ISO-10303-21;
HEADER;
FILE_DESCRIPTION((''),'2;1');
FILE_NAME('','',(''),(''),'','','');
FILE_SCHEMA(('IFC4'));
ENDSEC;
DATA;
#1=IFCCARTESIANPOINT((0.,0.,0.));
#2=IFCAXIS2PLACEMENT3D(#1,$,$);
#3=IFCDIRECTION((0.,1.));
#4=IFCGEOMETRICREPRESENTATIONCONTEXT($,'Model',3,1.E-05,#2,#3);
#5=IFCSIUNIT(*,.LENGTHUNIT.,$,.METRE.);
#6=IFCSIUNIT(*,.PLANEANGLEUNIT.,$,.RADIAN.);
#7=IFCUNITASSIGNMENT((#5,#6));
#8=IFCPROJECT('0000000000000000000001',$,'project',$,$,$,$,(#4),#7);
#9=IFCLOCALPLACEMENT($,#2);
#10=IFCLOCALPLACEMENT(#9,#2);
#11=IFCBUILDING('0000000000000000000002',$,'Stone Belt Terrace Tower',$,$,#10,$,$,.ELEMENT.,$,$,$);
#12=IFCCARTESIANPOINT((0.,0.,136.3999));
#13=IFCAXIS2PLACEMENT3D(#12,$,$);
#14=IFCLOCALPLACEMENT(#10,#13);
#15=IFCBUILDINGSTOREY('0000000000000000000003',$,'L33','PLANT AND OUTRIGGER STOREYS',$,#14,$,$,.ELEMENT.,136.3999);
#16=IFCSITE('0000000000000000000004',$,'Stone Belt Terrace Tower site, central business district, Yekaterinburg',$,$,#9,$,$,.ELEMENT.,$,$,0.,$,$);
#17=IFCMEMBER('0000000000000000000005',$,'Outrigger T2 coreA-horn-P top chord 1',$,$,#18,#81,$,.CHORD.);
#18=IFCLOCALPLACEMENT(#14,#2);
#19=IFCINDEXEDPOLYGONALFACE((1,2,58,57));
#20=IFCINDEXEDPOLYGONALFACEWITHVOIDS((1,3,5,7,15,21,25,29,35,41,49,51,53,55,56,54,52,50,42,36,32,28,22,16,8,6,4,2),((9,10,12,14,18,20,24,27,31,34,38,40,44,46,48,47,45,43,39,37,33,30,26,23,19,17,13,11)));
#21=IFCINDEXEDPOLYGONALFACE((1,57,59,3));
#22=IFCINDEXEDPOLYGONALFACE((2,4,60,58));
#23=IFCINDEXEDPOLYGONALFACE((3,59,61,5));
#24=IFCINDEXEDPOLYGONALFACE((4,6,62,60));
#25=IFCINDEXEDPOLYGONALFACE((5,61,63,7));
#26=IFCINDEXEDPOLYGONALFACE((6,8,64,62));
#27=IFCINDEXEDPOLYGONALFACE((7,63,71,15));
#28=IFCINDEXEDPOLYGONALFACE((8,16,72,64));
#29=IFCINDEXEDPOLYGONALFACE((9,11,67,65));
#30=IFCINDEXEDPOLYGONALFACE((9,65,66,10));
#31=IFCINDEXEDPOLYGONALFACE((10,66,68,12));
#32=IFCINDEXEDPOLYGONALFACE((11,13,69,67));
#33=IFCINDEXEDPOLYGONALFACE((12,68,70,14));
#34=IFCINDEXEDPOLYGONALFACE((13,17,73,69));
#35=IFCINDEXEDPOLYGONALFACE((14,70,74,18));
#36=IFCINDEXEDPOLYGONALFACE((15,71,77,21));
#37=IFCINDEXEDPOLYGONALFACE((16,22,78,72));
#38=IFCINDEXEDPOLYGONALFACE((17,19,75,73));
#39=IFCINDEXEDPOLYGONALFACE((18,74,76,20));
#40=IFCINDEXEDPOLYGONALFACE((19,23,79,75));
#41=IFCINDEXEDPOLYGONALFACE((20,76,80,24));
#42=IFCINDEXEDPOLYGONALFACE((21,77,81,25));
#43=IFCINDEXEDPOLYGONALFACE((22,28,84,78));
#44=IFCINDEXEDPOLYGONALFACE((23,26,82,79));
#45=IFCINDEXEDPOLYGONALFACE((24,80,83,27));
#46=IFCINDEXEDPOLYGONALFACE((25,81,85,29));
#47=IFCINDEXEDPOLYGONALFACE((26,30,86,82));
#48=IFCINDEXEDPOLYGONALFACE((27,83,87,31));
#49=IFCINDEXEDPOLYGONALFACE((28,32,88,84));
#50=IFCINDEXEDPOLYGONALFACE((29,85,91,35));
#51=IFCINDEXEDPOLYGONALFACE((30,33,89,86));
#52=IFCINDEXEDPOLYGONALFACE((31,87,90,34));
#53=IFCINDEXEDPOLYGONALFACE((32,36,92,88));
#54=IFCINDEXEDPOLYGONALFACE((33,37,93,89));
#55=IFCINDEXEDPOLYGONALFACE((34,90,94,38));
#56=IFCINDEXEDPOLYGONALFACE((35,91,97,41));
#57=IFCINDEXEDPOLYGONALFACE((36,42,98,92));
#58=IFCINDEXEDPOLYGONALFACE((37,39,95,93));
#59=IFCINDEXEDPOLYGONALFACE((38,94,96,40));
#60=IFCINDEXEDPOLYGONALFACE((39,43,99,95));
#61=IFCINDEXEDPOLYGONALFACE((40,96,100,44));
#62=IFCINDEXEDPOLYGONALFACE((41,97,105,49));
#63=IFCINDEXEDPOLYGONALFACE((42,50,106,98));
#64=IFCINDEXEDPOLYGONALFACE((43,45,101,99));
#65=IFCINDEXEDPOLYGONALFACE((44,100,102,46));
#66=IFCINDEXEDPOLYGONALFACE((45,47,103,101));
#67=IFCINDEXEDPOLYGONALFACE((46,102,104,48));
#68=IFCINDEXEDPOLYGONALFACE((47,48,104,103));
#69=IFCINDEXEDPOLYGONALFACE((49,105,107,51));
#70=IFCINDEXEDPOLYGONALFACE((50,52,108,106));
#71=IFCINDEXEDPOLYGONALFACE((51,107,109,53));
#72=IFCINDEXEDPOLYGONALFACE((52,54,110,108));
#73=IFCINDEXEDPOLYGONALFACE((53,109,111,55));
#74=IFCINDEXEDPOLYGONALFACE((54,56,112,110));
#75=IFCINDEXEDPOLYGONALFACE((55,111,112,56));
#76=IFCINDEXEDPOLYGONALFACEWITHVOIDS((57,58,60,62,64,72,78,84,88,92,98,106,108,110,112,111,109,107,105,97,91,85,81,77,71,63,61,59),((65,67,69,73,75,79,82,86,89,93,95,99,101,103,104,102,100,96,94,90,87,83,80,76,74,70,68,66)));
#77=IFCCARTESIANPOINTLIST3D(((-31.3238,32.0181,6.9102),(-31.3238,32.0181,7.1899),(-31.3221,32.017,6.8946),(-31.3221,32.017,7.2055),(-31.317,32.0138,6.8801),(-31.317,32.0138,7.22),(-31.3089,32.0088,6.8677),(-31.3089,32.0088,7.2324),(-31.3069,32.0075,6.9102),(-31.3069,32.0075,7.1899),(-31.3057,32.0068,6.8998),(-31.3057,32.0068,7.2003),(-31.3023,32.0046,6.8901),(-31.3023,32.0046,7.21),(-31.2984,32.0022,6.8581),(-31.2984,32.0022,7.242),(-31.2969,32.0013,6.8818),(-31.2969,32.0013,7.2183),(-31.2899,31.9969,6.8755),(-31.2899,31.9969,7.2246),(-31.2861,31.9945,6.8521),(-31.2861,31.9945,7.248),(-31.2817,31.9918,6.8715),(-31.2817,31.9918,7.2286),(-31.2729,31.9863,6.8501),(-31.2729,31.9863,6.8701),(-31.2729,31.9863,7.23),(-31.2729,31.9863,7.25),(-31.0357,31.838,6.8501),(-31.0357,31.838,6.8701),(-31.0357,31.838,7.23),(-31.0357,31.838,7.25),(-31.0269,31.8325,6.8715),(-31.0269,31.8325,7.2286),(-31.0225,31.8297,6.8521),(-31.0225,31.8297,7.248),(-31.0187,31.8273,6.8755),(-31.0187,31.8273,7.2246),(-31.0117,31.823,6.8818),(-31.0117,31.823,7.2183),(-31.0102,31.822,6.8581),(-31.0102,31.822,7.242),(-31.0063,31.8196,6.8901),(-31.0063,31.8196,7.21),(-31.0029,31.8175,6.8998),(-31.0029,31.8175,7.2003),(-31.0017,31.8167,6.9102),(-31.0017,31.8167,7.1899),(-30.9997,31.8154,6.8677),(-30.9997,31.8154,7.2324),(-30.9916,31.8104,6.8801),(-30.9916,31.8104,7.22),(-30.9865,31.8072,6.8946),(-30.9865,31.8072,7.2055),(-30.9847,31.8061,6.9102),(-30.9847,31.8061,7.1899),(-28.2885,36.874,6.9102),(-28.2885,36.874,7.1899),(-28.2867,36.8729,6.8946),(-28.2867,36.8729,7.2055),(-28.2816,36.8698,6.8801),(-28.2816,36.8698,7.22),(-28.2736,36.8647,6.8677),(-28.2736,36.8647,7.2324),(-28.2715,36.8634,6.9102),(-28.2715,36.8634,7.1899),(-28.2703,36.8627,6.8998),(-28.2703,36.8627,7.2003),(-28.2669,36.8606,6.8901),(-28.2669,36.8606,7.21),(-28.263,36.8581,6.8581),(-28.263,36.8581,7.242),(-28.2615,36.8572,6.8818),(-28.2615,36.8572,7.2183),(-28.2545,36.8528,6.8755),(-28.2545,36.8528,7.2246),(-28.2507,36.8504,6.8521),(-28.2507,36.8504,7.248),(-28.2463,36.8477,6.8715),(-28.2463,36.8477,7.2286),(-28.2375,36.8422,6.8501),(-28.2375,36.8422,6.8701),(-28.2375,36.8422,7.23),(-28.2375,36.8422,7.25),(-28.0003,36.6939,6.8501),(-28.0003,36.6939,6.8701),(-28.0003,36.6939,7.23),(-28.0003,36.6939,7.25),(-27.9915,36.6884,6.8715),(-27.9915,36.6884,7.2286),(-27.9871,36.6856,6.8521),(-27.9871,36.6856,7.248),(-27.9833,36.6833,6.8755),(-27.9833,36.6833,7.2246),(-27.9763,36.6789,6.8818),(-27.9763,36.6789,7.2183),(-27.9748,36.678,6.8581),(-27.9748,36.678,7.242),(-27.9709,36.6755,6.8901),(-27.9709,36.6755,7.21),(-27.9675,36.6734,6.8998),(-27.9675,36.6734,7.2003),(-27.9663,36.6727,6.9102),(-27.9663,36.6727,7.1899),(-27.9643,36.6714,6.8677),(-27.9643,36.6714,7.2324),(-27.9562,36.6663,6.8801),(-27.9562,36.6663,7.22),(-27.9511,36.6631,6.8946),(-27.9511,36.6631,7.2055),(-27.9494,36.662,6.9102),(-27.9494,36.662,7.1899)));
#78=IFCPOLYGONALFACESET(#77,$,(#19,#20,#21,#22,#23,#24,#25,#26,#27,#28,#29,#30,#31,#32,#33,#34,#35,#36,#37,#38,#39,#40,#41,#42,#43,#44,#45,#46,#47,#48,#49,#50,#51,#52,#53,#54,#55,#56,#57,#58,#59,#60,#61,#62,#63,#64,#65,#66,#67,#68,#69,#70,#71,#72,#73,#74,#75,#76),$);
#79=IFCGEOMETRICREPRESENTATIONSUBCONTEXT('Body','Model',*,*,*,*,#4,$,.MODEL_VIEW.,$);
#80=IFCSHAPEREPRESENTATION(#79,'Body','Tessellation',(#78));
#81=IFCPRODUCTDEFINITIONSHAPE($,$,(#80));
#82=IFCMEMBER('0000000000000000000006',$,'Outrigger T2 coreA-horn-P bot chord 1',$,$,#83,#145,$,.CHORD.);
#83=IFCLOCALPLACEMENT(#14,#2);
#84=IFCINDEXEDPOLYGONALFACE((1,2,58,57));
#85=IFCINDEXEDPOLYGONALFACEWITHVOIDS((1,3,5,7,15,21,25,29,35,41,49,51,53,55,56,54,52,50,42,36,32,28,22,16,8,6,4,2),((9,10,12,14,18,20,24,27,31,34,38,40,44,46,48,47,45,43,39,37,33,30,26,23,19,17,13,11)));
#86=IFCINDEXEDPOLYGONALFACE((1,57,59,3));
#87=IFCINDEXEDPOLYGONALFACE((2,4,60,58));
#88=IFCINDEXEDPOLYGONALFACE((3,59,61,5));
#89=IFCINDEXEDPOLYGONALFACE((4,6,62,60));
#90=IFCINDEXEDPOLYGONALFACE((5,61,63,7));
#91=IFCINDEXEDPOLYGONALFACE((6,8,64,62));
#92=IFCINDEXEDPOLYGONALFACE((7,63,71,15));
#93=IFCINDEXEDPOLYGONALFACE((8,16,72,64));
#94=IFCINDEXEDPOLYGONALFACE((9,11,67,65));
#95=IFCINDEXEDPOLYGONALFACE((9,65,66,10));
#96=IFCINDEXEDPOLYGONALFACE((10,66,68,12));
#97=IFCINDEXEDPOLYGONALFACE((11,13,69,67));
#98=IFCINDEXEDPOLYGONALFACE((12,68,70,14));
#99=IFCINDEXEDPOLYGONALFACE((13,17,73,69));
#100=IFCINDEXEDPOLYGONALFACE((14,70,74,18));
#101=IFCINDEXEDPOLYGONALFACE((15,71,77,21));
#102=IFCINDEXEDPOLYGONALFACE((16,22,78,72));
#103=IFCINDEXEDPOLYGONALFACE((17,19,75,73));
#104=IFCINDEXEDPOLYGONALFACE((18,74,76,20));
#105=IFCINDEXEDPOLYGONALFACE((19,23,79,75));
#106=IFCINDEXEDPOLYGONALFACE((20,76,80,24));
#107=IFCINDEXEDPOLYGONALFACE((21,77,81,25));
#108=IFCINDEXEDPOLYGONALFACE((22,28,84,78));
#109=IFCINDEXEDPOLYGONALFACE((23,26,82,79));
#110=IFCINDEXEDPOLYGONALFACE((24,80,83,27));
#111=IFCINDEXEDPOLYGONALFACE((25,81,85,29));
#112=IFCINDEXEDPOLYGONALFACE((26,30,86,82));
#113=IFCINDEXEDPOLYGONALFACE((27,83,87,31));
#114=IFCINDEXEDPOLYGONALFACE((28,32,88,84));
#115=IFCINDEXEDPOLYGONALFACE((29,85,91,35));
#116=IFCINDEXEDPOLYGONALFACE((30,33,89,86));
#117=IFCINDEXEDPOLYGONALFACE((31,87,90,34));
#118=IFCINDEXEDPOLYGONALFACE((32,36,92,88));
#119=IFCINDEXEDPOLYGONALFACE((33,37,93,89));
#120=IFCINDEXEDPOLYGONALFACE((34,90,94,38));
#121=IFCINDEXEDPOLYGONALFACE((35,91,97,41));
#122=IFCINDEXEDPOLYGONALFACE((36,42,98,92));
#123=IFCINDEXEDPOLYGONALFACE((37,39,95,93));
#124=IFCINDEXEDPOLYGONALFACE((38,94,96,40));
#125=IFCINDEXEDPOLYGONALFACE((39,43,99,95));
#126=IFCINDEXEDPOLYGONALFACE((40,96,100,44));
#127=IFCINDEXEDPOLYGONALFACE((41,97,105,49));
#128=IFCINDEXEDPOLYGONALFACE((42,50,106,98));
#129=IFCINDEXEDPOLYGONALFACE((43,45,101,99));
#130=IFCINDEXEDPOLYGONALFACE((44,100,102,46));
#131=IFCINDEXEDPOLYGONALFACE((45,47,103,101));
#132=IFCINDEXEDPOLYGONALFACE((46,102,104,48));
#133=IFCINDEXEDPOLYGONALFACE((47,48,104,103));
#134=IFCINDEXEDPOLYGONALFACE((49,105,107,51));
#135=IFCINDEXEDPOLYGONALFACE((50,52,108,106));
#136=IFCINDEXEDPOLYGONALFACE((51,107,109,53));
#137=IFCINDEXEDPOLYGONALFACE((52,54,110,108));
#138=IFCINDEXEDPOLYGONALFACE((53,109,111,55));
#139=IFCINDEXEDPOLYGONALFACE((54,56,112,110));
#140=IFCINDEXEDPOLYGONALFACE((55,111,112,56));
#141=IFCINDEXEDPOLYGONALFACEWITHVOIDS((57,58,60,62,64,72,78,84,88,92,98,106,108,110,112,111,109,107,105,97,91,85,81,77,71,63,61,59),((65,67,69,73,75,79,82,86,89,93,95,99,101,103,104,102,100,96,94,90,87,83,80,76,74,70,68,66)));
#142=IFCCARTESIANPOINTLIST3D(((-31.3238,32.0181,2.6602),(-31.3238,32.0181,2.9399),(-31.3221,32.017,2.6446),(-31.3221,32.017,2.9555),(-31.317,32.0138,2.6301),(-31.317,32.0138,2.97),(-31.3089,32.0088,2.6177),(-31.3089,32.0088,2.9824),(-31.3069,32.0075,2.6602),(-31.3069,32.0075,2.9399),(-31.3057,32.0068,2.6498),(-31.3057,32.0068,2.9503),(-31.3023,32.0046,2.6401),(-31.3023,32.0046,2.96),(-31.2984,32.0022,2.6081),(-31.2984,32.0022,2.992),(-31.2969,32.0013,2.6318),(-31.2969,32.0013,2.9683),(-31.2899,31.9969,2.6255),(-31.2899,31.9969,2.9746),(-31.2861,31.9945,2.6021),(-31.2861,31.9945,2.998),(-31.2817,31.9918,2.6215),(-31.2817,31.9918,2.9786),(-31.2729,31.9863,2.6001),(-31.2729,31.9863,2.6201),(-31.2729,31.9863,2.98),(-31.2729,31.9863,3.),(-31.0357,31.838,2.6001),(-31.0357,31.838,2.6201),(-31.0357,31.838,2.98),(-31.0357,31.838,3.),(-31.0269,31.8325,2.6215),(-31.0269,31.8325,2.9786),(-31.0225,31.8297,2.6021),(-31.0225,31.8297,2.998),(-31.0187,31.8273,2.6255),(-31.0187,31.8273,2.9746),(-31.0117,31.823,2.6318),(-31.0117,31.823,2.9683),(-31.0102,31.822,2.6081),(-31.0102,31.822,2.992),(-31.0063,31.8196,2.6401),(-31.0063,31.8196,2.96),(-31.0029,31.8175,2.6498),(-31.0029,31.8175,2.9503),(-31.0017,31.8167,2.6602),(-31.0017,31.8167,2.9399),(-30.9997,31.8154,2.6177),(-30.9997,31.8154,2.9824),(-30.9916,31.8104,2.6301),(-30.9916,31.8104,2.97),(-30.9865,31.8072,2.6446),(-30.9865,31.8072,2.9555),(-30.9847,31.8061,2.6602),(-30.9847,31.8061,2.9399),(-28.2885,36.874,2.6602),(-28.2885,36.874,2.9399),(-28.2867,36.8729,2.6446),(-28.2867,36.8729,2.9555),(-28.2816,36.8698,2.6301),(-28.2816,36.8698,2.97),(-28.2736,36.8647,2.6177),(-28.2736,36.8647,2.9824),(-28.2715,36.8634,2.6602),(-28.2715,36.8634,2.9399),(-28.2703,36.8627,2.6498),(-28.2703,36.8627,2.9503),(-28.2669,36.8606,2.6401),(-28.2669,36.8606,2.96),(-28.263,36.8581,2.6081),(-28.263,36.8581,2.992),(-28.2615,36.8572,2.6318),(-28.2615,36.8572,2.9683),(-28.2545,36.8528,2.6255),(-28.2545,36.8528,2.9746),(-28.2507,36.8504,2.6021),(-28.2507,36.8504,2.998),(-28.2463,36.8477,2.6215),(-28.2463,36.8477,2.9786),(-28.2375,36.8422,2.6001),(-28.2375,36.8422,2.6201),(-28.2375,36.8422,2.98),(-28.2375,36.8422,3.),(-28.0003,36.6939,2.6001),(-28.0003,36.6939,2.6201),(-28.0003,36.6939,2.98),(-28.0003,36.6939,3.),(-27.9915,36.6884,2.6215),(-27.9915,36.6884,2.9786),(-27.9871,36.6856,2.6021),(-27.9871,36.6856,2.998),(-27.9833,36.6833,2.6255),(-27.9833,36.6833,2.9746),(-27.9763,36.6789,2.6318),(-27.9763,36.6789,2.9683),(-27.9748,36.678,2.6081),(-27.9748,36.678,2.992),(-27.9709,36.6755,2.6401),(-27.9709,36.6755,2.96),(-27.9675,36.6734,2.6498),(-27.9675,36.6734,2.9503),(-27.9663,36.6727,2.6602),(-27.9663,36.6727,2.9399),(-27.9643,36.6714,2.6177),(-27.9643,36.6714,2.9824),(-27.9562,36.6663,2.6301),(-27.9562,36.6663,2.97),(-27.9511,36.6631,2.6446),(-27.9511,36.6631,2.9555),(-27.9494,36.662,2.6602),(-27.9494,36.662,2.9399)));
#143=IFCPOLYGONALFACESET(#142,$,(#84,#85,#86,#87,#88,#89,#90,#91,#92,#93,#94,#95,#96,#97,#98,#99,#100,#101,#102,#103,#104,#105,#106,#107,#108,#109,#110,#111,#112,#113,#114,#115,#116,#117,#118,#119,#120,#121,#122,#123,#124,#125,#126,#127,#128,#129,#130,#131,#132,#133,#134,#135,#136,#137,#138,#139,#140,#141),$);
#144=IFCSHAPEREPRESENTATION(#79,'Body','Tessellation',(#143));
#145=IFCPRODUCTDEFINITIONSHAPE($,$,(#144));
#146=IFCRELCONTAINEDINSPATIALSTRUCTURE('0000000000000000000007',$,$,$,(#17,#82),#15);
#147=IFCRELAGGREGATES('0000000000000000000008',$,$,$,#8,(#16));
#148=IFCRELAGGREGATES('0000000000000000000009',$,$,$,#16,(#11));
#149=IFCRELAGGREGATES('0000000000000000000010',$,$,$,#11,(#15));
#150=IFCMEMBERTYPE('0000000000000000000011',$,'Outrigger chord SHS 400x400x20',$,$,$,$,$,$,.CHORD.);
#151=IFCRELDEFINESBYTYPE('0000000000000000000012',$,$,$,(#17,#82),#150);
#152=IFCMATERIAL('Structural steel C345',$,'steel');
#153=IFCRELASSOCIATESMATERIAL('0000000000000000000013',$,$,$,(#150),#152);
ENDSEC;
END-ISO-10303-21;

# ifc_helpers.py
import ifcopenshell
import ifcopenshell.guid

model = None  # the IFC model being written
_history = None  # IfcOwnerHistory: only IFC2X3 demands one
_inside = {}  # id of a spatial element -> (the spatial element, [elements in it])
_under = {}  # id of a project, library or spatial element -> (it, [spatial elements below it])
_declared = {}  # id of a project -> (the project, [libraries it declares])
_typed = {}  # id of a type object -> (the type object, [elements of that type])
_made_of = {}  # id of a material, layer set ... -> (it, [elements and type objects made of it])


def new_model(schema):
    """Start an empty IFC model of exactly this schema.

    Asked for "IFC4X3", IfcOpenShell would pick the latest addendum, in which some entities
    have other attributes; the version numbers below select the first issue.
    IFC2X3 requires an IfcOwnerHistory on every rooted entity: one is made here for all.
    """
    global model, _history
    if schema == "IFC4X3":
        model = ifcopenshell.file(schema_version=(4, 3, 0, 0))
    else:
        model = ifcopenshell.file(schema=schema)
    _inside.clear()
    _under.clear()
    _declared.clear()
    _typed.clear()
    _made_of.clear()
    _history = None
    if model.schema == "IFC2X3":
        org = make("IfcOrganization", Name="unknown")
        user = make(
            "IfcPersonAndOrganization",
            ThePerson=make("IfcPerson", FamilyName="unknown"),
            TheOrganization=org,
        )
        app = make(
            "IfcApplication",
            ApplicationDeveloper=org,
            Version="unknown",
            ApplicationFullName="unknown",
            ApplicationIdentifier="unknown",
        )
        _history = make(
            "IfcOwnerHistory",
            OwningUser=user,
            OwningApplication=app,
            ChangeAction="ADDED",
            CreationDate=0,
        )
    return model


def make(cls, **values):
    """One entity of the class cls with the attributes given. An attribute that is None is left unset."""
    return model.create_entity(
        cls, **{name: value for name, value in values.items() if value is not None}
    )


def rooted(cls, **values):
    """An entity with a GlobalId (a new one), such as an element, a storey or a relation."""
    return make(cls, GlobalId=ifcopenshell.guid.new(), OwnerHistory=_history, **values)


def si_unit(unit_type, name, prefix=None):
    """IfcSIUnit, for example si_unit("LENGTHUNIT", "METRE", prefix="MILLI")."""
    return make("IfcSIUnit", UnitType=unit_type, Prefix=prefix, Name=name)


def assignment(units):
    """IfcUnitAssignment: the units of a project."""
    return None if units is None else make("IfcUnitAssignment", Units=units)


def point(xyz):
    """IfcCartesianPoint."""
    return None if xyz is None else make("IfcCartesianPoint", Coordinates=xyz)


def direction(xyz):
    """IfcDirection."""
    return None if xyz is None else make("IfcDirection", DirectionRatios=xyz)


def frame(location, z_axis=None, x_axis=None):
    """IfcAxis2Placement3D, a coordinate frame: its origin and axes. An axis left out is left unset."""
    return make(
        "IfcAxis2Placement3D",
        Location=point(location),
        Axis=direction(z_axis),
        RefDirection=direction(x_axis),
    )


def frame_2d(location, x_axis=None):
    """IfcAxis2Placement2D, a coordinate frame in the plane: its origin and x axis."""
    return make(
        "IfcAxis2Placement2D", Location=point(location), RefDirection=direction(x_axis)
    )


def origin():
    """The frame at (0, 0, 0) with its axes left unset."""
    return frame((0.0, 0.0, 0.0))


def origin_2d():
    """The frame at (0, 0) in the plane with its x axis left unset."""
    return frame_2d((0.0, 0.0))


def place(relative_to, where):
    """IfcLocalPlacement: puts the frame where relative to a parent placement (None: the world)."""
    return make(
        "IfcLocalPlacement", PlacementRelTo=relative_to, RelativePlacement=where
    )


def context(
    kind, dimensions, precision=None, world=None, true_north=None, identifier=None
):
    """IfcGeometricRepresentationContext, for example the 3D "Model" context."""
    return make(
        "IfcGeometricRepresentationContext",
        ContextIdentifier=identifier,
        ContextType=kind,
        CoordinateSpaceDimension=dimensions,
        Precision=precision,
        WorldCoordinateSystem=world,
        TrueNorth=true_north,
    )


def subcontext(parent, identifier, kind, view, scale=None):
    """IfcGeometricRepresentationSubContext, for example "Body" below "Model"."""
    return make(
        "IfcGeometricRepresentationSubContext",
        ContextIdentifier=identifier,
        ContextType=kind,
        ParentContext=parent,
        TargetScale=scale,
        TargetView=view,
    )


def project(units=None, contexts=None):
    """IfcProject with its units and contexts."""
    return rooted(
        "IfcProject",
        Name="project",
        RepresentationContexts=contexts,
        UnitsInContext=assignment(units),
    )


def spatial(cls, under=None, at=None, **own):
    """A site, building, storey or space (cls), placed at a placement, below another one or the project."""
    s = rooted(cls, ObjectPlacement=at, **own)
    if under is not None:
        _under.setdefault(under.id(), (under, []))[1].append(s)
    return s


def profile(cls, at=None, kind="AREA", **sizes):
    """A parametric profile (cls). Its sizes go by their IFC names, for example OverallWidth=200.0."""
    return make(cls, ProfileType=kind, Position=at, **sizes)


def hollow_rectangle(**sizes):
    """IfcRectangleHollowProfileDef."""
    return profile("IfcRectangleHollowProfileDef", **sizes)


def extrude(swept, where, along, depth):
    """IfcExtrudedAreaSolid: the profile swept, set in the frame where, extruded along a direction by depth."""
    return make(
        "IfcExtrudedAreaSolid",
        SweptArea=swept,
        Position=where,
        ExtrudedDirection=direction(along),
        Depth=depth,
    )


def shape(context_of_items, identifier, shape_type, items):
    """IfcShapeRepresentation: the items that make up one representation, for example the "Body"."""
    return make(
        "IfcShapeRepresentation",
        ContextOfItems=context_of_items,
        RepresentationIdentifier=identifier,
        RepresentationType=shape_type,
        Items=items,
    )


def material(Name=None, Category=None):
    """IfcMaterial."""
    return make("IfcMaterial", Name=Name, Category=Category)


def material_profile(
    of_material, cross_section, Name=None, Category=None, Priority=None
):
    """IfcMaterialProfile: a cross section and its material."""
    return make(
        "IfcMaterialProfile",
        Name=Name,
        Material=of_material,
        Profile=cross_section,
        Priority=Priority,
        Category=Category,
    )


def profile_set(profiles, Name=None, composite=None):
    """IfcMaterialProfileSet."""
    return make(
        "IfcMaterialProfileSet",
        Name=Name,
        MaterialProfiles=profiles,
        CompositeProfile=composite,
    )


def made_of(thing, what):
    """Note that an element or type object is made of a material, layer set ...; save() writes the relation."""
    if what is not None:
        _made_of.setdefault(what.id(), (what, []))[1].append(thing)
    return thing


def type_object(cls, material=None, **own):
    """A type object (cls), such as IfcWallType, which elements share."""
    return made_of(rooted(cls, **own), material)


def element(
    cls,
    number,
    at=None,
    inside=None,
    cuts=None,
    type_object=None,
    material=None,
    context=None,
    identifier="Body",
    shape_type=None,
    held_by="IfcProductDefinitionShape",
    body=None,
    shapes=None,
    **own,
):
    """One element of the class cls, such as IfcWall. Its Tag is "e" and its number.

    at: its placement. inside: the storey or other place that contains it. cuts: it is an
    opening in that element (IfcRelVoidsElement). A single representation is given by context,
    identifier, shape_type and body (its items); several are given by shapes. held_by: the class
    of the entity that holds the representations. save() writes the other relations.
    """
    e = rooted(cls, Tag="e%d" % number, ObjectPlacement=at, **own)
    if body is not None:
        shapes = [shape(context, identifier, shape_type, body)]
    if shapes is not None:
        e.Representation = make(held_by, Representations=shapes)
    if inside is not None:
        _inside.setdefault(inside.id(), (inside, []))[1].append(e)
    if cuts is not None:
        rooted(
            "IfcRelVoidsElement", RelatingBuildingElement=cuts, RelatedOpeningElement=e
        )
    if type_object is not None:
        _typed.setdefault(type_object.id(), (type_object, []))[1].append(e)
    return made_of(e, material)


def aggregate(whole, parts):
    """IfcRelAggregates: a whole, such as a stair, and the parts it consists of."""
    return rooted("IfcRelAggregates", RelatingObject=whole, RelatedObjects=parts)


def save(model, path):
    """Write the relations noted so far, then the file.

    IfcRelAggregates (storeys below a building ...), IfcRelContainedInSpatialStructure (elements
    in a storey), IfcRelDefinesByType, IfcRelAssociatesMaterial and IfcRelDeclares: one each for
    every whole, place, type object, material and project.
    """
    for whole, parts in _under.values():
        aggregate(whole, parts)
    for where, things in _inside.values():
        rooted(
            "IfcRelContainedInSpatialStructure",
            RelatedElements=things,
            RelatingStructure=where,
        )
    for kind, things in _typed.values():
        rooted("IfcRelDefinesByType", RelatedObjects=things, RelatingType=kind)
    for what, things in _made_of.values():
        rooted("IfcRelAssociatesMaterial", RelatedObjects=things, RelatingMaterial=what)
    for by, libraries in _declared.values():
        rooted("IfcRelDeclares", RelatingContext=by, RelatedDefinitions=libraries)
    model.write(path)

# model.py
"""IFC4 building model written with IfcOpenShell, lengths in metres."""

from ifc_helpers import new_model, si_unit, direction, frame, origin, origin_2d, place, context, subcontext, project, spatial, hollow_rectangle, extrude, material, material_profile, profile_set, type_object, element, save


model = new_model("IFC4")

# Units and contexts
model_context = context("Model", 3, precision=1e-05, world=origin(), true_north=direction((0.0, 1.0)))
body_context = subcontext(model_context, "Body", "Model", "MODEL_VIEW")
ifc_project = project(units=[si_unit("LENGTHUNIT", "METRE"), si_unit("PLANEANGLEUNIT", "RADIAN")], contexts=[model_context])

# Site, building, storey
site_placement = place(None, origin())
site = spatial("IfcSite", under=ifc_project, at=site_placement, Name="Stone Belt Terrace Tower site, central business district, Yekaterinburg", CompositionType="ELEMENT", RefElevation=0.0)
building_placement = place(site_placement, origin())
building = spatial("IfcBuilding", under=site, at=building_placement, Name="Stone Belt Terrace Tower", CompositionType="ELEMENT")
storey_placement = place(building_placement, frame((0.0, 0.0, 136.3999)))
storey = spatial("IfcBuildingStorey", under=building, at=storey_placement, Name="L33", Description="PLANT AND OUTRIGGER STOREYS", CompositionType="ELEMENT", Elevation=136.3999)

# Members
ifc_material_1 = material(Name="Structural steel C345", Category="steel")
ifc_material_profile_1 = material_profile(ifc_material_1, hollow_rectangle(XDim=0.3999, YDim=0.3999, WallThickness=0.02, InnerFilletRadius=0.04, OuterFilletRadius=0.0601, at=origin_2d()), Name="SHS 400x400x20")
ifc_profile_set_1 = profile_set([ifc_material_profile_1], Name="Structural steel C345")
member_type_1 = type_object("IfcMemberType", Name="Outrigger chord SHS 400x400x20", PredefinedType="CHORD", material=ifc_profile_set_1)
for number, where, z_axis, x_axis, name in (
    (1, (-31.1543, 31.9121, 7.05), (0.530053, 0.847965, 0.0), (-0.847965, 0.530053, 0.0), "Outrigger T2 coreA-horn-P top chord 1"),
    (2, (-31.1543, 31.9121, 2.8), (0.530053, 0.847965, 0.0), (-0.847965, 0.530053, 0.0), "Outrigger T2 coreA-horn-P bot chord 1"),
):
    element("IfcMember", number, at=place(storey_placement, frame(where, z_axis=z_axis, x_axis=x_axis)), inside=storey, type_object=member_type_1, Name=name, PredefinedType="CHORD", context=body_context, shape_type="SweptSolid", body=[
        extrude(hollow_rectangle(XDim=0.3999, YDim=0.3999, WallThickness=0.02, InnerFilletRadius=0.04, OuterFilletRadius=0.0601, at=origin_2d()), origin(), (0.0, 0.0, 1.0), 5.7266),
    ])

save(model, "model.ifc")
